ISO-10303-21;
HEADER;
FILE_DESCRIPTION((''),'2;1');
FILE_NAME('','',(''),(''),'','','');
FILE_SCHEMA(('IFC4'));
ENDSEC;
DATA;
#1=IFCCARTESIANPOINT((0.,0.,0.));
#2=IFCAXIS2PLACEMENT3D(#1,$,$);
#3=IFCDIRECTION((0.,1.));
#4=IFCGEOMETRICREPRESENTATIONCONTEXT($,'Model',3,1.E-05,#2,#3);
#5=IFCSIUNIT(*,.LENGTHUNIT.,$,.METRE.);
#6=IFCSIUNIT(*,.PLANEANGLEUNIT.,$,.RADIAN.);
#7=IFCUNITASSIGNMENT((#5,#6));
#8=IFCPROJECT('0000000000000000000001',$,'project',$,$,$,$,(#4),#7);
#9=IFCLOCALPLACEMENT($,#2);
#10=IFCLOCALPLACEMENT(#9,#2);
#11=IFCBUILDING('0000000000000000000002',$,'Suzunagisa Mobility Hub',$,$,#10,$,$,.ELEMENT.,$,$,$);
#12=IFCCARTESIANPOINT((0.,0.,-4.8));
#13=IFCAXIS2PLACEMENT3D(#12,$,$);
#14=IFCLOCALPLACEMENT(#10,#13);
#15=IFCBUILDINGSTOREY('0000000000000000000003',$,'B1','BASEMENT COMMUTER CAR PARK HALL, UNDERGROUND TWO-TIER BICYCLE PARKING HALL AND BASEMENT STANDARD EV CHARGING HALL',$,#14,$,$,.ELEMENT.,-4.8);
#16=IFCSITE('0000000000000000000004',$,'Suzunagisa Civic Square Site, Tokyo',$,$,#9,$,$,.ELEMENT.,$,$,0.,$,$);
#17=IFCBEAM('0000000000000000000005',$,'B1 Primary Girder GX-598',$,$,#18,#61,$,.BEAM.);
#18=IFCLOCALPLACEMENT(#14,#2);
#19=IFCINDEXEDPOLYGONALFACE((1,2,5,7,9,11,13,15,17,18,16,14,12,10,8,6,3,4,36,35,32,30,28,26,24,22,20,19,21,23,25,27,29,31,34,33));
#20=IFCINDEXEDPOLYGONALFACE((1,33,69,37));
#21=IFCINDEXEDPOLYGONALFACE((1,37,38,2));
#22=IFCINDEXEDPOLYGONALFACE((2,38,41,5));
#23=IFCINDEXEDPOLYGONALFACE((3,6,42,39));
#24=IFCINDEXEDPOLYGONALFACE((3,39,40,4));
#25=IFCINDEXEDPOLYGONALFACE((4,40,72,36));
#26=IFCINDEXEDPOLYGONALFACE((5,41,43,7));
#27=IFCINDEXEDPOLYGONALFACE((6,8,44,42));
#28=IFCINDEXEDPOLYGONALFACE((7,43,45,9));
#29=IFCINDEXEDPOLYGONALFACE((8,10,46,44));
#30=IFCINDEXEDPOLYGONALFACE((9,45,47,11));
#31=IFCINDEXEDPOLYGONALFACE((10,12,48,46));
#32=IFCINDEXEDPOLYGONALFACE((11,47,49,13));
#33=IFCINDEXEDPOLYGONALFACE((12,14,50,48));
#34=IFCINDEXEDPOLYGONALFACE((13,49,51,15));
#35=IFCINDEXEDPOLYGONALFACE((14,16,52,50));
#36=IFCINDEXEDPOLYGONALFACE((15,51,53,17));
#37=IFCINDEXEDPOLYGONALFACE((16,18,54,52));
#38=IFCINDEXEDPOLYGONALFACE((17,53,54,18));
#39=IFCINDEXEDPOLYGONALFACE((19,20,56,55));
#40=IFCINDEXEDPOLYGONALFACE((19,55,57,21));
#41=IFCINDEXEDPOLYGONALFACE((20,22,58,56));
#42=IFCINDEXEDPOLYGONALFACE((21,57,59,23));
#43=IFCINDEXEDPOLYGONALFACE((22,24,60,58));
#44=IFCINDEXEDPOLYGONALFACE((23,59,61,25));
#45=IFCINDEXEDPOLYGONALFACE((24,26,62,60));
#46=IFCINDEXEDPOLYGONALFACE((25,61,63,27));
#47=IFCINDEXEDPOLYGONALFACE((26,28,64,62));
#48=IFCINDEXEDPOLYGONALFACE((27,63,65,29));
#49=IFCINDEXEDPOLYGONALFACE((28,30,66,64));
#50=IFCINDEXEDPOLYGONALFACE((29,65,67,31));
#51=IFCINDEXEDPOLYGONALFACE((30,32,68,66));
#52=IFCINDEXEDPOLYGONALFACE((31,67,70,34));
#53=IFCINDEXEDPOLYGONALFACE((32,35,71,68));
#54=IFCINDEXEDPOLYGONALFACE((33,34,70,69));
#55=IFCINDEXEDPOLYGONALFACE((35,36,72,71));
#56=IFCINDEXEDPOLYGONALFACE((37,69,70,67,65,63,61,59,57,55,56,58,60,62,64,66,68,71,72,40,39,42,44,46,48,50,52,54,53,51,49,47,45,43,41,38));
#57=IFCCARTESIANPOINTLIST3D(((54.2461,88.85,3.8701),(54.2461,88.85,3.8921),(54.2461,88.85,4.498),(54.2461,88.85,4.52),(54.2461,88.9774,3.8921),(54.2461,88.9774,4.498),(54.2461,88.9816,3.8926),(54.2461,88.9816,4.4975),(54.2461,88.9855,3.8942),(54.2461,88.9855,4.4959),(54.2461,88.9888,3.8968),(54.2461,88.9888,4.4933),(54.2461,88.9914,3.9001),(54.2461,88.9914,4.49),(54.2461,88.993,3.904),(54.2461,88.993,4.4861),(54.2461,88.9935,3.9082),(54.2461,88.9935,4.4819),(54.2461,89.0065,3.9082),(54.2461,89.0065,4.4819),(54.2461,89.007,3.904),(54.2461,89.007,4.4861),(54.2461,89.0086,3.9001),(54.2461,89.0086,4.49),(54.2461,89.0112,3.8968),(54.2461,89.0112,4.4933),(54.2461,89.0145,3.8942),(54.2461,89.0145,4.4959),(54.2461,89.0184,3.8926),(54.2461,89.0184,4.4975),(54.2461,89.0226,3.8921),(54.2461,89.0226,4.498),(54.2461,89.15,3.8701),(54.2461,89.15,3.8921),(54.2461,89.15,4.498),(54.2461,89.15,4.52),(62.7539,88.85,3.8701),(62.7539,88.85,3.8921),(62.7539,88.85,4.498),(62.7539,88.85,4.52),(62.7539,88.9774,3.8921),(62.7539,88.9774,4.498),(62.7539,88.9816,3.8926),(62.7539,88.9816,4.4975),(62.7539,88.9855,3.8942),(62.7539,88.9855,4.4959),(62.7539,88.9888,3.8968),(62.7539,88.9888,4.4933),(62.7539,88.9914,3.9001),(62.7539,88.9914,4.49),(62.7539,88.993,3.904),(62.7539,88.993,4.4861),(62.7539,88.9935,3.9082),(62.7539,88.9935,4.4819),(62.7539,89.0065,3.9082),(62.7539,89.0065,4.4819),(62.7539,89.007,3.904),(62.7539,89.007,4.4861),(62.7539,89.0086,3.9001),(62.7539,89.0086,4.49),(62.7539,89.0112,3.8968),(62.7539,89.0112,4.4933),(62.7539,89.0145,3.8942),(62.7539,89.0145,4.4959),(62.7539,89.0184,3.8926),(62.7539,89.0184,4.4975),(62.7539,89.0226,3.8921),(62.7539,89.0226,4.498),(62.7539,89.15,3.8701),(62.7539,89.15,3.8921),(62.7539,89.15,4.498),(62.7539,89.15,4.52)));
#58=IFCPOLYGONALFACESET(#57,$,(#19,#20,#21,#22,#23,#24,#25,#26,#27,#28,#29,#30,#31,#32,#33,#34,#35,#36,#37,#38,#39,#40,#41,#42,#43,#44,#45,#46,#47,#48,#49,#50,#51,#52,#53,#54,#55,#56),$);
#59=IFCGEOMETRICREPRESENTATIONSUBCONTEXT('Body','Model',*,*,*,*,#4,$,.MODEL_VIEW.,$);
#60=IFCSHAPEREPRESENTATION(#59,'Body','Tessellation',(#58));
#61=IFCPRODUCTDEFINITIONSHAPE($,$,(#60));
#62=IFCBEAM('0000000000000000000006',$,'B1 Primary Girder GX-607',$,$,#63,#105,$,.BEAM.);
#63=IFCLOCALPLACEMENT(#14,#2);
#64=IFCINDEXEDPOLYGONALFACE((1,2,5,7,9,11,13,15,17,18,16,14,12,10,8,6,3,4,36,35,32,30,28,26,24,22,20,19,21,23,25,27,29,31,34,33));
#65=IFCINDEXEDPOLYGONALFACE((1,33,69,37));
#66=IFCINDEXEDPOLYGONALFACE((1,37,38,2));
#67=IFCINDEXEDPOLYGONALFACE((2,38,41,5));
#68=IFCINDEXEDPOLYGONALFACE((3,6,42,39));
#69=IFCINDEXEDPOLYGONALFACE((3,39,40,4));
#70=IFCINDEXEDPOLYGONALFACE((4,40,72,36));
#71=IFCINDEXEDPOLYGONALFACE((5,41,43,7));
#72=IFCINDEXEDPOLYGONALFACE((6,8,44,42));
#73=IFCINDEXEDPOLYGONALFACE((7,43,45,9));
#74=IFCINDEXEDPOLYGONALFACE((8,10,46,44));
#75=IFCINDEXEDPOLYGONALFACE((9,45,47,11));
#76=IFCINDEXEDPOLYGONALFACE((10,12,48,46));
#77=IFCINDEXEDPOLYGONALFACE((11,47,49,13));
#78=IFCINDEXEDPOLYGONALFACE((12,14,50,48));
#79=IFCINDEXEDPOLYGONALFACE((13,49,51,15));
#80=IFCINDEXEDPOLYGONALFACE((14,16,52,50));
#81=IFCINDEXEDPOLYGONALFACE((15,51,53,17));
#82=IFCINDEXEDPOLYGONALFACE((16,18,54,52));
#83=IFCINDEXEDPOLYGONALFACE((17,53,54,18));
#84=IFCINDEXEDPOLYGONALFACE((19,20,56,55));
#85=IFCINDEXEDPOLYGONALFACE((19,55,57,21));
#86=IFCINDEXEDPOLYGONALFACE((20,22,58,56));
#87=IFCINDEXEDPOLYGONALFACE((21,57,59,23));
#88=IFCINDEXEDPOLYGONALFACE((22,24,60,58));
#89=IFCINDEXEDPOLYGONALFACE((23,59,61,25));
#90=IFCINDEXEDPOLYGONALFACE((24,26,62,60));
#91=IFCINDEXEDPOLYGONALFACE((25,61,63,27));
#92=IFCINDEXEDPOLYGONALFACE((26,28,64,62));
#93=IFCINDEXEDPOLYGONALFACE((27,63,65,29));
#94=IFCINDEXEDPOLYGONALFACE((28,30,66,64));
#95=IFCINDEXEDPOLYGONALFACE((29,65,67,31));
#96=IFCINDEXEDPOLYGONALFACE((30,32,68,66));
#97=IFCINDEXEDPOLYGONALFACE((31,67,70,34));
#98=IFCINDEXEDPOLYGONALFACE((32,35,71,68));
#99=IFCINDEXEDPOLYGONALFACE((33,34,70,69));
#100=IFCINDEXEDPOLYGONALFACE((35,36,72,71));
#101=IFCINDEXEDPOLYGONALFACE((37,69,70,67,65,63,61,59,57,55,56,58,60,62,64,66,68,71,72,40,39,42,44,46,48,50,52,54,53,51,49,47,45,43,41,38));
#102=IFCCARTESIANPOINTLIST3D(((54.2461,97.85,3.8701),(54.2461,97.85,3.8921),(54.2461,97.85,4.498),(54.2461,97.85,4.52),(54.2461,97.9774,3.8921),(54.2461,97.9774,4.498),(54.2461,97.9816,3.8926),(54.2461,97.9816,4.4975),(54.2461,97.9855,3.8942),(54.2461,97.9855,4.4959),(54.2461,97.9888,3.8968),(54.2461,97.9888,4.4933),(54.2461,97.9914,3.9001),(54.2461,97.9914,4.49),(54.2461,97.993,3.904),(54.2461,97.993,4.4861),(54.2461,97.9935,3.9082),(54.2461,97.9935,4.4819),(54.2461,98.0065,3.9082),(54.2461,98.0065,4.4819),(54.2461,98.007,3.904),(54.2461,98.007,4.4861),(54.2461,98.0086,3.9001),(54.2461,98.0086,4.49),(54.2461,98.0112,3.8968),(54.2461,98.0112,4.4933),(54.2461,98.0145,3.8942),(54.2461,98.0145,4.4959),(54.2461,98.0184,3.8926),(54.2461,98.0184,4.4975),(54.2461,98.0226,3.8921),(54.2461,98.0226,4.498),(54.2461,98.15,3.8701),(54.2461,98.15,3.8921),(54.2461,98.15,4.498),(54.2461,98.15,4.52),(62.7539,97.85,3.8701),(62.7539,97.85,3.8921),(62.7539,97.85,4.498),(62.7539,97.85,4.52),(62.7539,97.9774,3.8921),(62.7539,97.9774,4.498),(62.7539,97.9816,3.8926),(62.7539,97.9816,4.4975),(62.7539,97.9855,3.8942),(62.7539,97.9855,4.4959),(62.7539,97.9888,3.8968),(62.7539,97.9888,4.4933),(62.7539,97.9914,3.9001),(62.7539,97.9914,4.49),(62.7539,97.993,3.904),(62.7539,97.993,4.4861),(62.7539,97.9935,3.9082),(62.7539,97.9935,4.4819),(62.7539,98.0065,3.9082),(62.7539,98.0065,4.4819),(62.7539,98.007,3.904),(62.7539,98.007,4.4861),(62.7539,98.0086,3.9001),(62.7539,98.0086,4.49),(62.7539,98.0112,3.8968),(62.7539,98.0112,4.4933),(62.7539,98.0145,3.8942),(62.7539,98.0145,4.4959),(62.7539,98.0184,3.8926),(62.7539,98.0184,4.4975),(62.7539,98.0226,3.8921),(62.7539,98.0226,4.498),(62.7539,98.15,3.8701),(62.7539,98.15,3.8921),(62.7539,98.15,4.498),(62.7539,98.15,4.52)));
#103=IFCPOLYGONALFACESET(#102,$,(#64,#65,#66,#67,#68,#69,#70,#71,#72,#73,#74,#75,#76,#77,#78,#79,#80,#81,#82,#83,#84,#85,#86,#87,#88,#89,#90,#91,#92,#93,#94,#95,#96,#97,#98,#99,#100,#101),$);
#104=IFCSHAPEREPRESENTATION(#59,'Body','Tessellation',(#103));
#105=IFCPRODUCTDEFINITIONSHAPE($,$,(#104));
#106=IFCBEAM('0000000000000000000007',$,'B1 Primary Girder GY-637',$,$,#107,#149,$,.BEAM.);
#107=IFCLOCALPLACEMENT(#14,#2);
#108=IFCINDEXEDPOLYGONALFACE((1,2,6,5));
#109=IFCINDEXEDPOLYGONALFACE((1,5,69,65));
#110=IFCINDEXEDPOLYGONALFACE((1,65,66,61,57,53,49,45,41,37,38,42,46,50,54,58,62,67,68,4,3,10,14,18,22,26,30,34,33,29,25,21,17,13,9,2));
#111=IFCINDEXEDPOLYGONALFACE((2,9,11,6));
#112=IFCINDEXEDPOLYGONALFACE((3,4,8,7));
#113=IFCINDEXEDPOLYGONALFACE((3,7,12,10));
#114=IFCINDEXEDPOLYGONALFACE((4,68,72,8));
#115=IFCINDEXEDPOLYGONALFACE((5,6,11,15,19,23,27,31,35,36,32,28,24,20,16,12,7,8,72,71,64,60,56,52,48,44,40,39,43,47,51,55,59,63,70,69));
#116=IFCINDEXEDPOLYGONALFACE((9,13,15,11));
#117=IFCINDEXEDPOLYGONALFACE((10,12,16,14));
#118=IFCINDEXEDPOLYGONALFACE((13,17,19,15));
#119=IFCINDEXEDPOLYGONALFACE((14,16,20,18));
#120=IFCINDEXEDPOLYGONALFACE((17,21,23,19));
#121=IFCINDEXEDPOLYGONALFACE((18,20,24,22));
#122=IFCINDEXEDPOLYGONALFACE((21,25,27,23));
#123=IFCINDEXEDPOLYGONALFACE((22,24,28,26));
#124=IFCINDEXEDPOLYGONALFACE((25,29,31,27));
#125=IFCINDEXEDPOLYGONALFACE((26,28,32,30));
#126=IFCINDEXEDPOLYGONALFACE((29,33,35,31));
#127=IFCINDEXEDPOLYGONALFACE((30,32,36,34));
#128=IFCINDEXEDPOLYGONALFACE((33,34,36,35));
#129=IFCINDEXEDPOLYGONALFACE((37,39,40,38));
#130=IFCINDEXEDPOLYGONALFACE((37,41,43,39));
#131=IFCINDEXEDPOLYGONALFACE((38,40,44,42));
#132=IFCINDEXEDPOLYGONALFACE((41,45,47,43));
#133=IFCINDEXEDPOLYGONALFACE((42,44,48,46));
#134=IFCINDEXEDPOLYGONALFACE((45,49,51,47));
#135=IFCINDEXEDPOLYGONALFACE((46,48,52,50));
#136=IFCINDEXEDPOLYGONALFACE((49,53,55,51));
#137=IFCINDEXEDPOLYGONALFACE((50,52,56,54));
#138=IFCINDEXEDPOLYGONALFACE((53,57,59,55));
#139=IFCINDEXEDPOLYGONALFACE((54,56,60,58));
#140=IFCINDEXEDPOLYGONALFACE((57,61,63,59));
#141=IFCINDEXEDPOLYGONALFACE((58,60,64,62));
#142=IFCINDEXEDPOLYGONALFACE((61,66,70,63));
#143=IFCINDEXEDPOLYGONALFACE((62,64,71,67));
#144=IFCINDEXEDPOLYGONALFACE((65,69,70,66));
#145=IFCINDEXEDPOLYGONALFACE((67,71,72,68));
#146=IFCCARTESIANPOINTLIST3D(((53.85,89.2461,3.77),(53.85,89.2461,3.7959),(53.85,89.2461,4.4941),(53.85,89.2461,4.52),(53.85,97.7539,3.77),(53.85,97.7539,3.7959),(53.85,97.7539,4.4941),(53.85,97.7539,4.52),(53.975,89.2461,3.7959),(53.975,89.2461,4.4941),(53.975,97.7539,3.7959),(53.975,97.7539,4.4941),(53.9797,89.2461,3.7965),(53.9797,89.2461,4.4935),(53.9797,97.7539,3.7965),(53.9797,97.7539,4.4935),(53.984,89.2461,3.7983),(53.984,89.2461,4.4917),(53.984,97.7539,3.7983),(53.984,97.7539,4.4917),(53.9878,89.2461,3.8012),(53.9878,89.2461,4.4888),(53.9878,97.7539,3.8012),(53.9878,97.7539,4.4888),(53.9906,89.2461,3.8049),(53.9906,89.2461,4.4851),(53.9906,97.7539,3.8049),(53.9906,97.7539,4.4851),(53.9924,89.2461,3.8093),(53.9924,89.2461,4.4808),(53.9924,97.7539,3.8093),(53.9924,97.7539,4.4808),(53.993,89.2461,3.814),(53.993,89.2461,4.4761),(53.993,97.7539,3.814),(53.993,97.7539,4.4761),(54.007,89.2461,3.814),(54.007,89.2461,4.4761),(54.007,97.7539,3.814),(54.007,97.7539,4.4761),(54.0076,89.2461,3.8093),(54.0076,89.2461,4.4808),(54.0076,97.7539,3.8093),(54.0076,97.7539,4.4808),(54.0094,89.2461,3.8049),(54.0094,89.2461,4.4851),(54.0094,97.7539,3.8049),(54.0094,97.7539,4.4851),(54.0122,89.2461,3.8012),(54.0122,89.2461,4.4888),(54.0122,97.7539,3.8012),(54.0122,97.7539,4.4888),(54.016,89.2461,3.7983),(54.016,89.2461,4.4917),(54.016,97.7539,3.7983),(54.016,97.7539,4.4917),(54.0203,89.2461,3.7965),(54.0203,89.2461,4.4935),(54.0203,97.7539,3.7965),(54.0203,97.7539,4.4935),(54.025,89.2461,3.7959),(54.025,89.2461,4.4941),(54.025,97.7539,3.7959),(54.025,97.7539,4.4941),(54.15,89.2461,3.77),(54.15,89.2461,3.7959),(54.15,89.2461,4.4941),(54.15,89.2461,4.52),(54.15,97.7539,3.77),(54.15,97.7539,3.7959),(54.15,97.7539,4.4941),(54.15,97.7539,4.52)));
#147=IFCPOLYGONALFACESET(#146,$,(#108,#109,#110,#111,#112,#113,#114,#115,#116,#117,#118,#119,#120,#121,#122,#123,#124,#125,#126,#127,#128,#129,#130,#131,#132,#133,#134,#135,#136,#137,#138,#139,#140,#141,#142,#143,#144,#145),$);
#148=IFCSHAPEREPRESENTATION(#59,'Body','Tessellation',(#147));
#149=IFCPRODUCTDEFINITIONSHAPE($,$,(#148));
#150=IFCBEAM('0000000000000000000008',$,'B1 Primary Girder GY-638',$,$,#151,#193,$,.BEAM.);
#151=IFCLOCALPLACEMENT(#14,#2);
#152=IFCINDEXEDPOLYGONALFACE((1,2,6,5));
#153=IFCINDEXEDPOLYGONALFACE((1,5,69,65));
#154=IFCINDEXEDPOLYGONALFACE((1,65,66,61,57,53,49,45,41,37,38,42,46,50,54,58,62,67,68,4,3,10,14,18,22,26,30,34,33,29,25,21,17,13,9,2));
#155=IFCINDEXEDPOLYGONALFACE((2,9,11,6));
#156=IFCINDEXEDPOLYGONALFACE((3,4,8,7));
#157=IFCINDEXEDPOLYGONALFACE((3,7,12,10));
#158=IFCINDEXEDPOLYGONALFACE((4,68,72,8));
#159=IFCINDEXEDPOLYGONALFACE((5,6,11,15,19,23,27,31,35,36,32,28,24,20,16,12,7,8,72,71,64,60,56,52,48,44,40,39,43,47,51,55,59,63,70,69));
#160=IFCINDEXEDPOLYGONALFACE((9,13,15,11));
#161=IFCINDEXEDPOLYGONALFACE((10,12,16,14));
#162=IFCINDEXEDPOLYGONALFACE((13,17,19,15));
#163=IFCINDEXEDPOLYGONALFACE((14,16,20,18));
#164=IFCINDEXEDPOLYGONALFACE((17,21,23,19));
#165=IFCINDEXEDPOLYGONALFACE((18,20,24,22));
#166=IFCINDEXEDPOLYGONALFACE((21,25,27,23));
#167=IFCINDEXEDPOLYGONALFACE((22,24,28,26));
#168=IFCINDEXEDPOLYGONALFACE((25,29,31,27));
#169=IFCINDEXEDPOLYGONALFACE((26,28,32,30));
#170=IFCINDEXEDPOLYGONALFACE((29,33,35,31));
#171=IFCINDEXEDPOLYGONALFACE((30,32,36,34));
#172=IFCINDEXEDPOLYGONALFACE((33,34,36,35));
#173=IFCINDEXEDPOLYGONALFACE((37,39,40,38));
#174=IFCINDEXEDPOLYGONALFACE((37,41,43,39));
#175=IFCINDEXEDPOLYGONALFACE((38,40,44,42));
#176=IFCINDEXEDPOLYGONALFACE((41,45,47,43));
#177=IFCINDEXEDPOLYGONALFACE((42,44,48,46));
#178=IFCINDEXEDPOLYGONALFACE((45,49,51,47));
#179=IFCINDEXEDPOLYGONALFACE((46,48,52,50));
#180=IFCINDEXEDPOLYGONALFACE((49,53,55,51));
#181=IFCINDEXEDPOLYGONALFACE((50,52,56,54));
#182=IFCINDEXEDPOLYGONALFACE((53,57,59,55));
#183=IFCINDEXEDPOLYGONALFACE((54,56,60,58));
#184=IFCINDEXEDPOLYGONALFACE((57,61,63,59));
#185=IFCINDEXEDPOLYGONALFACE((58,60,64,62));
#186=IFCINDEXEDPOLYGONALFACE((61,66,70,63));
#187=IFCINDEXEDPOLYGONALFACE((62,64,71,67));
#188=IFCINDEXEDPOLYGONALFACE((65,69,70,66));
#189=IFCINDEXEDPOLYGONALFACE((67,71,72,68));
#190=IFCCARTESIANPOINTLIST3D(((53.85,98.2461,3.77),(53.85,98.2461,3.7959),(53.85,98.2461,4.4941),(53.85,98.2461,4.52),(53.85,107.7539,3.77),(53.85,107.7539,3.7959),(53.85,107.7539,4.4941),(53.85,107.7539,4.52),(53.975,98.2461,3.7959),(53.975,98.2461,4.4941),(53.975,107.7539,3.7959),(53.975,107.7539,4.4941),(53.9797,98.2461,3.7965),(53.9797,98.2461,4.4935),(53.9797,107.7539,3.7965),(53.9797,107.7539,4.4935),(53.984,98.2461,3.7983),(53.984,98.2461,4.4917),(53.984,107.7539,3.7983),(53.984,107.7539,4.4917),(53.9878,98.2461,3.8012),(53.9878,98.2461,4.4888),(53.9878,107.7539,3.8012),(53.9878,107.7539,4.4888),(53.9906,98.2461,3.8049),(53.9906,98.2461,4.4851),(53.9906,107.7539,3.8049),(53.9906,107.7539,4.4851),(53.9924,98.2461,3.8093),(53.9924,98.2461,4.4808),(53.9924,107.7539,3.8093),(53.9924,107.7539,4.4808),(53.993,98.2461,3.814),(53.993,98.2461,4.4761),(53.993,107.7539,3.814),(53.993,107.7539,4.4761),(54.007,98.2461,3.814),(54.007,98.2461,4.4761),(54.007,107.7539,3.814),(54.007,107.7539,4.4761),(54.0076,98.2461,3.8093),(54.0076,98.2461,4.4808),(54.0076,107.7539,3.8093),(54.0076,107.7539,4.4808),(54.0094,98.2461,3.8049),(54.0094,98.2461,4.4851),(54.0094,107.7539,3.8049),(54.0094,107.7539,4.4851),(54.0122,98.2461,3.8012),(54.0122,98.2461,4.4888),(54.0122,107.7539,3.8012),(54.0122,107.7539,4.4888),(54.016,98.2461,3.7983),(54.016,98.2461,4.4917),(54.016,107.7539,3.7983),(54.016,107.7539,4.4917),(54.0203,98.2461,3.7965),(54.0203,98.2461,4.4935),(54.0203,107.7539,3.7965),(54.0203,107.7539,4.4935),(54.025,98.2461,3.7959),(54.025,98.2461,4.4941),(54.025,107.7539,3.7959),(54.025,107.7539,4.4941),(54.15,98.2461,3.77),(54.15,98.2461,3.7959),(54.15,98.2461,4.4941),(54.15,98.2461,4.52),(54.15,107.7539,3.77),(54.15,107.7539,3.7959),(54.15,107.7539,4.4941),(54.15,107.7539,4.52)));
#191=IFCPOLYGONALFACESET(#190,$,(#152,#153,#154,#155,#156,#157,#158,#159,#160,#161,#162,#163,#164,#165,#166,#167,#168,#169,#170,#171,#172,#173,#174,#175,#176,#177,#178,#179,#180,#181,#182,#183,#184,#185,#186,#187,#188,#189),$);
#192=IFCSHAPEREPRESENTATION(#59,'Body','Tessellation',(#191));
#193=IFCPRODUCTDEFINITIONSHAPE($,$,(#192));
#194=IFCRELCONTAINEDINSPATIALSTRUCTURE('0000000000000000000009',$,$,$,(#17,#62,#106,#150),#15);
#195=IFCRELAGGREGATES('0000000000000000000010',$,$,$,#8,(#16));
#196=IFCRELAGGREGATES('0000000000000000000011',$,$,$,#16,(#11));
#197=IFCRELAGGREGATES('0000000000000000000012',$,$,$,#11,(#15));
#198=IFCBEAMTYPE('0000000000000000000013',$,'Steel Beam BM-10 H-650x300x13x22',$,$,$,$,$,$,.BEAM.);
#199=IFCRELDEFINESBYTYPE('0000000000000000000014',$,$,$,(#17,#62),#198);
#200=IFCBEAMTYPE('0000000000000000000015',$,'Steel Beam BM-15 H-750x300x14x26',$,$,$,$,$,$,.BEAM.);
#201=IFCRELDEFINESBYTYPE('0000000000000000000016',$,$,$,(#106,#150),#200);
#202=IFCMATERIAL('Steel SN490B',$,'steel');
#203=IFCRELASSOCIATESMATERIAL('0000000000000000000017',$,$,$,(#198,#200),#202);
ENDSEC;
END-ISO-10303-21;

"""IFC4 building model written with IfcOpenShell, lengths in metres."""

from ifc_helpers import new_model, si_unit, direction, frame, origin, origin_2d, place, context, subcontext, project, spatial, i_section, extrude, material, material_profile, profile_set, type_object, element, save


model = new_model("IFC4")

# Units and contexts
model_context = context("Model", 3, precision=1e-05, world=origin(), true_north=direction((0.0, 1.0)))
body_context = subcontext(model_context, "Body", "Model", "MODEL_VIEW")
ifc_project = project(units=[si_unit("LENGTHUNIT", "METRE"), si_unit("PLANEANGLEUNIT", "RADIAN")], contexts=[model_context])

# Site, building, storey
site_placement = place(None, origin())
site = spatial("IfcSite", under=ifc_project, at=site_placement, Name="Suzunagisa Civic Square Site, Tokyo", CompositionType="ELEMENT", RefElevation=0.0)
building_placement = place(site_placement, origin())
building = spatial("IfcBuilding", under=site, at=building_placement, Name="Suzunagisa Mobility Hub", CompositionType="ELEMENT")
storey_placement = place(building_placement, frame((0.0, 0.0, -4.8)))
storey = spatial("IfcBuildingStorey", under=building, at=storey_placement, Name="B1", Description="BASEMENT COMMUTER CAR PARK HALL, UNDERGROUND TWO-TIER BICYCLE PARKING HALL AND BASEMENT STANDARD EV CHARGING HALL", CompositionType="ELEMENT", Elevation=-4.8)

# Shared definitions
ifc_material_1 = material(Name="Steel SN490B", Category="steel")

# Beams
ifc_material_profile_1 = material_profile(ifc_material_1, i_section(OverallWidth=0.3, OverallDepth=0.6499, WebThickness=0.0129, FlangeThickness=0.022, FilletRadius=0.0161, at=origin_2d()), Name="H-650x300x13x22")
ifc_profile_set_1 = profile_set([ifc_material_profile_1], Name="Steel SN490B")
beam_type_1 = type_object("IfcBeamType", Name="Steel Beam BM-10 H-650x300x13x22", PredefinedType="BEAM", material=ifc_profile_set_1)
for number, where, z_axis, x_axis, name in (
    (1, (54.2461, 89.0, 4.1951), (1.0, 0.0, 0.0), (0.0, 1.0, 0.0), "B1 Primary Girder GX-598"),
    (2, (54.2461, 98.0, 4.1951), (1.0, 0.0, 0.0), (0.0, 1.0, 0.0), "B1 Primary Girder GX-607"),
):
    element("IfcBeam", number, at=place(storey_placement, frame(where, z_axis=z_axis, x_axis=x_axis)), inside=storey, type_object=beam_type_1, Name=name, PredefinedType="BEAM", context=body_context, shape_type="SweptSolid", body=[
        extrude(i_section(OverallWidth=0.3, OverallDepth=0.6499, WebThickness=0.0129, FlangeThickness=0.022, FilletRadius=0.0161, at=origin_2d()), origin(), (0.0, 0.0, 1.0), 8.5078),
    ])
ifc_material_profile_2 = material_profile(ifc_material_1, i_section(OverallWidth=0.3, OverallDepth=0.75, WebThickness=0.0139, FlangeThickness=0.0259, FilletRadius=0.0181, at=origin_2d()), Name="H-750x300x14x26")
ifc_profile_set_2 = profile_set([ifc_material_profile_2], Name="Steel SN490B")
beam_type_2 = type_object("IfcBeamType", Name="Steel Beam BM-15 H-750x300x14x26", PredefinedType="BEAM", material=ifc_profile_set_2)
beam_1_placement = place(storey_placement, frame((54.0, 89.2461, 4.145), z_axis=(0.0, 1.0, 0.0), x_axis=(-1.0, 0.0, 0.0)))
element("IfcBeam", 3, at=beam_1_placement, inside=storey, type_object=beam_type_2, Name="B1 Primary Girder GY-637", PredefinedType="BEAM", context=body_context, shape_type="SweptSolid", body=[
    extrude(i_section(OverallWidth=0.3, OverallDepth=0.75, WebThickness=0.0139, FlangeThickness=0.0259, FilletRadius=0.0181, at=origin_2d()), origin(), (0.0, 0.0, 1.0), 8.5078),
])
beam_2_placement = place(storey_placement, frame((54.0, 98.2461, 4.145), z_axis=(0.0, 1.0, 0.0), x_axis=(-1.0, 0.0, 0.0)))
element("IfcBeam", 4, at=beam_2_placement, inside=storey, type_object=beam_type_2, Name="B1 Primary Girder GY-638", PredefinedType="BEAM", context=body_context, shape_type="SweptSolid", body=[
    extrude(i_section(OverallWidth=0.3, OverallDepth=0.75, WebThickness=0.0139, FlangeThickness=0.0259, FilletRadius=0.0181, at=origin_2d()), origin(), (0.0, 0.0, 1.0), 9.5078),
])

save(model, "model.ifc")
